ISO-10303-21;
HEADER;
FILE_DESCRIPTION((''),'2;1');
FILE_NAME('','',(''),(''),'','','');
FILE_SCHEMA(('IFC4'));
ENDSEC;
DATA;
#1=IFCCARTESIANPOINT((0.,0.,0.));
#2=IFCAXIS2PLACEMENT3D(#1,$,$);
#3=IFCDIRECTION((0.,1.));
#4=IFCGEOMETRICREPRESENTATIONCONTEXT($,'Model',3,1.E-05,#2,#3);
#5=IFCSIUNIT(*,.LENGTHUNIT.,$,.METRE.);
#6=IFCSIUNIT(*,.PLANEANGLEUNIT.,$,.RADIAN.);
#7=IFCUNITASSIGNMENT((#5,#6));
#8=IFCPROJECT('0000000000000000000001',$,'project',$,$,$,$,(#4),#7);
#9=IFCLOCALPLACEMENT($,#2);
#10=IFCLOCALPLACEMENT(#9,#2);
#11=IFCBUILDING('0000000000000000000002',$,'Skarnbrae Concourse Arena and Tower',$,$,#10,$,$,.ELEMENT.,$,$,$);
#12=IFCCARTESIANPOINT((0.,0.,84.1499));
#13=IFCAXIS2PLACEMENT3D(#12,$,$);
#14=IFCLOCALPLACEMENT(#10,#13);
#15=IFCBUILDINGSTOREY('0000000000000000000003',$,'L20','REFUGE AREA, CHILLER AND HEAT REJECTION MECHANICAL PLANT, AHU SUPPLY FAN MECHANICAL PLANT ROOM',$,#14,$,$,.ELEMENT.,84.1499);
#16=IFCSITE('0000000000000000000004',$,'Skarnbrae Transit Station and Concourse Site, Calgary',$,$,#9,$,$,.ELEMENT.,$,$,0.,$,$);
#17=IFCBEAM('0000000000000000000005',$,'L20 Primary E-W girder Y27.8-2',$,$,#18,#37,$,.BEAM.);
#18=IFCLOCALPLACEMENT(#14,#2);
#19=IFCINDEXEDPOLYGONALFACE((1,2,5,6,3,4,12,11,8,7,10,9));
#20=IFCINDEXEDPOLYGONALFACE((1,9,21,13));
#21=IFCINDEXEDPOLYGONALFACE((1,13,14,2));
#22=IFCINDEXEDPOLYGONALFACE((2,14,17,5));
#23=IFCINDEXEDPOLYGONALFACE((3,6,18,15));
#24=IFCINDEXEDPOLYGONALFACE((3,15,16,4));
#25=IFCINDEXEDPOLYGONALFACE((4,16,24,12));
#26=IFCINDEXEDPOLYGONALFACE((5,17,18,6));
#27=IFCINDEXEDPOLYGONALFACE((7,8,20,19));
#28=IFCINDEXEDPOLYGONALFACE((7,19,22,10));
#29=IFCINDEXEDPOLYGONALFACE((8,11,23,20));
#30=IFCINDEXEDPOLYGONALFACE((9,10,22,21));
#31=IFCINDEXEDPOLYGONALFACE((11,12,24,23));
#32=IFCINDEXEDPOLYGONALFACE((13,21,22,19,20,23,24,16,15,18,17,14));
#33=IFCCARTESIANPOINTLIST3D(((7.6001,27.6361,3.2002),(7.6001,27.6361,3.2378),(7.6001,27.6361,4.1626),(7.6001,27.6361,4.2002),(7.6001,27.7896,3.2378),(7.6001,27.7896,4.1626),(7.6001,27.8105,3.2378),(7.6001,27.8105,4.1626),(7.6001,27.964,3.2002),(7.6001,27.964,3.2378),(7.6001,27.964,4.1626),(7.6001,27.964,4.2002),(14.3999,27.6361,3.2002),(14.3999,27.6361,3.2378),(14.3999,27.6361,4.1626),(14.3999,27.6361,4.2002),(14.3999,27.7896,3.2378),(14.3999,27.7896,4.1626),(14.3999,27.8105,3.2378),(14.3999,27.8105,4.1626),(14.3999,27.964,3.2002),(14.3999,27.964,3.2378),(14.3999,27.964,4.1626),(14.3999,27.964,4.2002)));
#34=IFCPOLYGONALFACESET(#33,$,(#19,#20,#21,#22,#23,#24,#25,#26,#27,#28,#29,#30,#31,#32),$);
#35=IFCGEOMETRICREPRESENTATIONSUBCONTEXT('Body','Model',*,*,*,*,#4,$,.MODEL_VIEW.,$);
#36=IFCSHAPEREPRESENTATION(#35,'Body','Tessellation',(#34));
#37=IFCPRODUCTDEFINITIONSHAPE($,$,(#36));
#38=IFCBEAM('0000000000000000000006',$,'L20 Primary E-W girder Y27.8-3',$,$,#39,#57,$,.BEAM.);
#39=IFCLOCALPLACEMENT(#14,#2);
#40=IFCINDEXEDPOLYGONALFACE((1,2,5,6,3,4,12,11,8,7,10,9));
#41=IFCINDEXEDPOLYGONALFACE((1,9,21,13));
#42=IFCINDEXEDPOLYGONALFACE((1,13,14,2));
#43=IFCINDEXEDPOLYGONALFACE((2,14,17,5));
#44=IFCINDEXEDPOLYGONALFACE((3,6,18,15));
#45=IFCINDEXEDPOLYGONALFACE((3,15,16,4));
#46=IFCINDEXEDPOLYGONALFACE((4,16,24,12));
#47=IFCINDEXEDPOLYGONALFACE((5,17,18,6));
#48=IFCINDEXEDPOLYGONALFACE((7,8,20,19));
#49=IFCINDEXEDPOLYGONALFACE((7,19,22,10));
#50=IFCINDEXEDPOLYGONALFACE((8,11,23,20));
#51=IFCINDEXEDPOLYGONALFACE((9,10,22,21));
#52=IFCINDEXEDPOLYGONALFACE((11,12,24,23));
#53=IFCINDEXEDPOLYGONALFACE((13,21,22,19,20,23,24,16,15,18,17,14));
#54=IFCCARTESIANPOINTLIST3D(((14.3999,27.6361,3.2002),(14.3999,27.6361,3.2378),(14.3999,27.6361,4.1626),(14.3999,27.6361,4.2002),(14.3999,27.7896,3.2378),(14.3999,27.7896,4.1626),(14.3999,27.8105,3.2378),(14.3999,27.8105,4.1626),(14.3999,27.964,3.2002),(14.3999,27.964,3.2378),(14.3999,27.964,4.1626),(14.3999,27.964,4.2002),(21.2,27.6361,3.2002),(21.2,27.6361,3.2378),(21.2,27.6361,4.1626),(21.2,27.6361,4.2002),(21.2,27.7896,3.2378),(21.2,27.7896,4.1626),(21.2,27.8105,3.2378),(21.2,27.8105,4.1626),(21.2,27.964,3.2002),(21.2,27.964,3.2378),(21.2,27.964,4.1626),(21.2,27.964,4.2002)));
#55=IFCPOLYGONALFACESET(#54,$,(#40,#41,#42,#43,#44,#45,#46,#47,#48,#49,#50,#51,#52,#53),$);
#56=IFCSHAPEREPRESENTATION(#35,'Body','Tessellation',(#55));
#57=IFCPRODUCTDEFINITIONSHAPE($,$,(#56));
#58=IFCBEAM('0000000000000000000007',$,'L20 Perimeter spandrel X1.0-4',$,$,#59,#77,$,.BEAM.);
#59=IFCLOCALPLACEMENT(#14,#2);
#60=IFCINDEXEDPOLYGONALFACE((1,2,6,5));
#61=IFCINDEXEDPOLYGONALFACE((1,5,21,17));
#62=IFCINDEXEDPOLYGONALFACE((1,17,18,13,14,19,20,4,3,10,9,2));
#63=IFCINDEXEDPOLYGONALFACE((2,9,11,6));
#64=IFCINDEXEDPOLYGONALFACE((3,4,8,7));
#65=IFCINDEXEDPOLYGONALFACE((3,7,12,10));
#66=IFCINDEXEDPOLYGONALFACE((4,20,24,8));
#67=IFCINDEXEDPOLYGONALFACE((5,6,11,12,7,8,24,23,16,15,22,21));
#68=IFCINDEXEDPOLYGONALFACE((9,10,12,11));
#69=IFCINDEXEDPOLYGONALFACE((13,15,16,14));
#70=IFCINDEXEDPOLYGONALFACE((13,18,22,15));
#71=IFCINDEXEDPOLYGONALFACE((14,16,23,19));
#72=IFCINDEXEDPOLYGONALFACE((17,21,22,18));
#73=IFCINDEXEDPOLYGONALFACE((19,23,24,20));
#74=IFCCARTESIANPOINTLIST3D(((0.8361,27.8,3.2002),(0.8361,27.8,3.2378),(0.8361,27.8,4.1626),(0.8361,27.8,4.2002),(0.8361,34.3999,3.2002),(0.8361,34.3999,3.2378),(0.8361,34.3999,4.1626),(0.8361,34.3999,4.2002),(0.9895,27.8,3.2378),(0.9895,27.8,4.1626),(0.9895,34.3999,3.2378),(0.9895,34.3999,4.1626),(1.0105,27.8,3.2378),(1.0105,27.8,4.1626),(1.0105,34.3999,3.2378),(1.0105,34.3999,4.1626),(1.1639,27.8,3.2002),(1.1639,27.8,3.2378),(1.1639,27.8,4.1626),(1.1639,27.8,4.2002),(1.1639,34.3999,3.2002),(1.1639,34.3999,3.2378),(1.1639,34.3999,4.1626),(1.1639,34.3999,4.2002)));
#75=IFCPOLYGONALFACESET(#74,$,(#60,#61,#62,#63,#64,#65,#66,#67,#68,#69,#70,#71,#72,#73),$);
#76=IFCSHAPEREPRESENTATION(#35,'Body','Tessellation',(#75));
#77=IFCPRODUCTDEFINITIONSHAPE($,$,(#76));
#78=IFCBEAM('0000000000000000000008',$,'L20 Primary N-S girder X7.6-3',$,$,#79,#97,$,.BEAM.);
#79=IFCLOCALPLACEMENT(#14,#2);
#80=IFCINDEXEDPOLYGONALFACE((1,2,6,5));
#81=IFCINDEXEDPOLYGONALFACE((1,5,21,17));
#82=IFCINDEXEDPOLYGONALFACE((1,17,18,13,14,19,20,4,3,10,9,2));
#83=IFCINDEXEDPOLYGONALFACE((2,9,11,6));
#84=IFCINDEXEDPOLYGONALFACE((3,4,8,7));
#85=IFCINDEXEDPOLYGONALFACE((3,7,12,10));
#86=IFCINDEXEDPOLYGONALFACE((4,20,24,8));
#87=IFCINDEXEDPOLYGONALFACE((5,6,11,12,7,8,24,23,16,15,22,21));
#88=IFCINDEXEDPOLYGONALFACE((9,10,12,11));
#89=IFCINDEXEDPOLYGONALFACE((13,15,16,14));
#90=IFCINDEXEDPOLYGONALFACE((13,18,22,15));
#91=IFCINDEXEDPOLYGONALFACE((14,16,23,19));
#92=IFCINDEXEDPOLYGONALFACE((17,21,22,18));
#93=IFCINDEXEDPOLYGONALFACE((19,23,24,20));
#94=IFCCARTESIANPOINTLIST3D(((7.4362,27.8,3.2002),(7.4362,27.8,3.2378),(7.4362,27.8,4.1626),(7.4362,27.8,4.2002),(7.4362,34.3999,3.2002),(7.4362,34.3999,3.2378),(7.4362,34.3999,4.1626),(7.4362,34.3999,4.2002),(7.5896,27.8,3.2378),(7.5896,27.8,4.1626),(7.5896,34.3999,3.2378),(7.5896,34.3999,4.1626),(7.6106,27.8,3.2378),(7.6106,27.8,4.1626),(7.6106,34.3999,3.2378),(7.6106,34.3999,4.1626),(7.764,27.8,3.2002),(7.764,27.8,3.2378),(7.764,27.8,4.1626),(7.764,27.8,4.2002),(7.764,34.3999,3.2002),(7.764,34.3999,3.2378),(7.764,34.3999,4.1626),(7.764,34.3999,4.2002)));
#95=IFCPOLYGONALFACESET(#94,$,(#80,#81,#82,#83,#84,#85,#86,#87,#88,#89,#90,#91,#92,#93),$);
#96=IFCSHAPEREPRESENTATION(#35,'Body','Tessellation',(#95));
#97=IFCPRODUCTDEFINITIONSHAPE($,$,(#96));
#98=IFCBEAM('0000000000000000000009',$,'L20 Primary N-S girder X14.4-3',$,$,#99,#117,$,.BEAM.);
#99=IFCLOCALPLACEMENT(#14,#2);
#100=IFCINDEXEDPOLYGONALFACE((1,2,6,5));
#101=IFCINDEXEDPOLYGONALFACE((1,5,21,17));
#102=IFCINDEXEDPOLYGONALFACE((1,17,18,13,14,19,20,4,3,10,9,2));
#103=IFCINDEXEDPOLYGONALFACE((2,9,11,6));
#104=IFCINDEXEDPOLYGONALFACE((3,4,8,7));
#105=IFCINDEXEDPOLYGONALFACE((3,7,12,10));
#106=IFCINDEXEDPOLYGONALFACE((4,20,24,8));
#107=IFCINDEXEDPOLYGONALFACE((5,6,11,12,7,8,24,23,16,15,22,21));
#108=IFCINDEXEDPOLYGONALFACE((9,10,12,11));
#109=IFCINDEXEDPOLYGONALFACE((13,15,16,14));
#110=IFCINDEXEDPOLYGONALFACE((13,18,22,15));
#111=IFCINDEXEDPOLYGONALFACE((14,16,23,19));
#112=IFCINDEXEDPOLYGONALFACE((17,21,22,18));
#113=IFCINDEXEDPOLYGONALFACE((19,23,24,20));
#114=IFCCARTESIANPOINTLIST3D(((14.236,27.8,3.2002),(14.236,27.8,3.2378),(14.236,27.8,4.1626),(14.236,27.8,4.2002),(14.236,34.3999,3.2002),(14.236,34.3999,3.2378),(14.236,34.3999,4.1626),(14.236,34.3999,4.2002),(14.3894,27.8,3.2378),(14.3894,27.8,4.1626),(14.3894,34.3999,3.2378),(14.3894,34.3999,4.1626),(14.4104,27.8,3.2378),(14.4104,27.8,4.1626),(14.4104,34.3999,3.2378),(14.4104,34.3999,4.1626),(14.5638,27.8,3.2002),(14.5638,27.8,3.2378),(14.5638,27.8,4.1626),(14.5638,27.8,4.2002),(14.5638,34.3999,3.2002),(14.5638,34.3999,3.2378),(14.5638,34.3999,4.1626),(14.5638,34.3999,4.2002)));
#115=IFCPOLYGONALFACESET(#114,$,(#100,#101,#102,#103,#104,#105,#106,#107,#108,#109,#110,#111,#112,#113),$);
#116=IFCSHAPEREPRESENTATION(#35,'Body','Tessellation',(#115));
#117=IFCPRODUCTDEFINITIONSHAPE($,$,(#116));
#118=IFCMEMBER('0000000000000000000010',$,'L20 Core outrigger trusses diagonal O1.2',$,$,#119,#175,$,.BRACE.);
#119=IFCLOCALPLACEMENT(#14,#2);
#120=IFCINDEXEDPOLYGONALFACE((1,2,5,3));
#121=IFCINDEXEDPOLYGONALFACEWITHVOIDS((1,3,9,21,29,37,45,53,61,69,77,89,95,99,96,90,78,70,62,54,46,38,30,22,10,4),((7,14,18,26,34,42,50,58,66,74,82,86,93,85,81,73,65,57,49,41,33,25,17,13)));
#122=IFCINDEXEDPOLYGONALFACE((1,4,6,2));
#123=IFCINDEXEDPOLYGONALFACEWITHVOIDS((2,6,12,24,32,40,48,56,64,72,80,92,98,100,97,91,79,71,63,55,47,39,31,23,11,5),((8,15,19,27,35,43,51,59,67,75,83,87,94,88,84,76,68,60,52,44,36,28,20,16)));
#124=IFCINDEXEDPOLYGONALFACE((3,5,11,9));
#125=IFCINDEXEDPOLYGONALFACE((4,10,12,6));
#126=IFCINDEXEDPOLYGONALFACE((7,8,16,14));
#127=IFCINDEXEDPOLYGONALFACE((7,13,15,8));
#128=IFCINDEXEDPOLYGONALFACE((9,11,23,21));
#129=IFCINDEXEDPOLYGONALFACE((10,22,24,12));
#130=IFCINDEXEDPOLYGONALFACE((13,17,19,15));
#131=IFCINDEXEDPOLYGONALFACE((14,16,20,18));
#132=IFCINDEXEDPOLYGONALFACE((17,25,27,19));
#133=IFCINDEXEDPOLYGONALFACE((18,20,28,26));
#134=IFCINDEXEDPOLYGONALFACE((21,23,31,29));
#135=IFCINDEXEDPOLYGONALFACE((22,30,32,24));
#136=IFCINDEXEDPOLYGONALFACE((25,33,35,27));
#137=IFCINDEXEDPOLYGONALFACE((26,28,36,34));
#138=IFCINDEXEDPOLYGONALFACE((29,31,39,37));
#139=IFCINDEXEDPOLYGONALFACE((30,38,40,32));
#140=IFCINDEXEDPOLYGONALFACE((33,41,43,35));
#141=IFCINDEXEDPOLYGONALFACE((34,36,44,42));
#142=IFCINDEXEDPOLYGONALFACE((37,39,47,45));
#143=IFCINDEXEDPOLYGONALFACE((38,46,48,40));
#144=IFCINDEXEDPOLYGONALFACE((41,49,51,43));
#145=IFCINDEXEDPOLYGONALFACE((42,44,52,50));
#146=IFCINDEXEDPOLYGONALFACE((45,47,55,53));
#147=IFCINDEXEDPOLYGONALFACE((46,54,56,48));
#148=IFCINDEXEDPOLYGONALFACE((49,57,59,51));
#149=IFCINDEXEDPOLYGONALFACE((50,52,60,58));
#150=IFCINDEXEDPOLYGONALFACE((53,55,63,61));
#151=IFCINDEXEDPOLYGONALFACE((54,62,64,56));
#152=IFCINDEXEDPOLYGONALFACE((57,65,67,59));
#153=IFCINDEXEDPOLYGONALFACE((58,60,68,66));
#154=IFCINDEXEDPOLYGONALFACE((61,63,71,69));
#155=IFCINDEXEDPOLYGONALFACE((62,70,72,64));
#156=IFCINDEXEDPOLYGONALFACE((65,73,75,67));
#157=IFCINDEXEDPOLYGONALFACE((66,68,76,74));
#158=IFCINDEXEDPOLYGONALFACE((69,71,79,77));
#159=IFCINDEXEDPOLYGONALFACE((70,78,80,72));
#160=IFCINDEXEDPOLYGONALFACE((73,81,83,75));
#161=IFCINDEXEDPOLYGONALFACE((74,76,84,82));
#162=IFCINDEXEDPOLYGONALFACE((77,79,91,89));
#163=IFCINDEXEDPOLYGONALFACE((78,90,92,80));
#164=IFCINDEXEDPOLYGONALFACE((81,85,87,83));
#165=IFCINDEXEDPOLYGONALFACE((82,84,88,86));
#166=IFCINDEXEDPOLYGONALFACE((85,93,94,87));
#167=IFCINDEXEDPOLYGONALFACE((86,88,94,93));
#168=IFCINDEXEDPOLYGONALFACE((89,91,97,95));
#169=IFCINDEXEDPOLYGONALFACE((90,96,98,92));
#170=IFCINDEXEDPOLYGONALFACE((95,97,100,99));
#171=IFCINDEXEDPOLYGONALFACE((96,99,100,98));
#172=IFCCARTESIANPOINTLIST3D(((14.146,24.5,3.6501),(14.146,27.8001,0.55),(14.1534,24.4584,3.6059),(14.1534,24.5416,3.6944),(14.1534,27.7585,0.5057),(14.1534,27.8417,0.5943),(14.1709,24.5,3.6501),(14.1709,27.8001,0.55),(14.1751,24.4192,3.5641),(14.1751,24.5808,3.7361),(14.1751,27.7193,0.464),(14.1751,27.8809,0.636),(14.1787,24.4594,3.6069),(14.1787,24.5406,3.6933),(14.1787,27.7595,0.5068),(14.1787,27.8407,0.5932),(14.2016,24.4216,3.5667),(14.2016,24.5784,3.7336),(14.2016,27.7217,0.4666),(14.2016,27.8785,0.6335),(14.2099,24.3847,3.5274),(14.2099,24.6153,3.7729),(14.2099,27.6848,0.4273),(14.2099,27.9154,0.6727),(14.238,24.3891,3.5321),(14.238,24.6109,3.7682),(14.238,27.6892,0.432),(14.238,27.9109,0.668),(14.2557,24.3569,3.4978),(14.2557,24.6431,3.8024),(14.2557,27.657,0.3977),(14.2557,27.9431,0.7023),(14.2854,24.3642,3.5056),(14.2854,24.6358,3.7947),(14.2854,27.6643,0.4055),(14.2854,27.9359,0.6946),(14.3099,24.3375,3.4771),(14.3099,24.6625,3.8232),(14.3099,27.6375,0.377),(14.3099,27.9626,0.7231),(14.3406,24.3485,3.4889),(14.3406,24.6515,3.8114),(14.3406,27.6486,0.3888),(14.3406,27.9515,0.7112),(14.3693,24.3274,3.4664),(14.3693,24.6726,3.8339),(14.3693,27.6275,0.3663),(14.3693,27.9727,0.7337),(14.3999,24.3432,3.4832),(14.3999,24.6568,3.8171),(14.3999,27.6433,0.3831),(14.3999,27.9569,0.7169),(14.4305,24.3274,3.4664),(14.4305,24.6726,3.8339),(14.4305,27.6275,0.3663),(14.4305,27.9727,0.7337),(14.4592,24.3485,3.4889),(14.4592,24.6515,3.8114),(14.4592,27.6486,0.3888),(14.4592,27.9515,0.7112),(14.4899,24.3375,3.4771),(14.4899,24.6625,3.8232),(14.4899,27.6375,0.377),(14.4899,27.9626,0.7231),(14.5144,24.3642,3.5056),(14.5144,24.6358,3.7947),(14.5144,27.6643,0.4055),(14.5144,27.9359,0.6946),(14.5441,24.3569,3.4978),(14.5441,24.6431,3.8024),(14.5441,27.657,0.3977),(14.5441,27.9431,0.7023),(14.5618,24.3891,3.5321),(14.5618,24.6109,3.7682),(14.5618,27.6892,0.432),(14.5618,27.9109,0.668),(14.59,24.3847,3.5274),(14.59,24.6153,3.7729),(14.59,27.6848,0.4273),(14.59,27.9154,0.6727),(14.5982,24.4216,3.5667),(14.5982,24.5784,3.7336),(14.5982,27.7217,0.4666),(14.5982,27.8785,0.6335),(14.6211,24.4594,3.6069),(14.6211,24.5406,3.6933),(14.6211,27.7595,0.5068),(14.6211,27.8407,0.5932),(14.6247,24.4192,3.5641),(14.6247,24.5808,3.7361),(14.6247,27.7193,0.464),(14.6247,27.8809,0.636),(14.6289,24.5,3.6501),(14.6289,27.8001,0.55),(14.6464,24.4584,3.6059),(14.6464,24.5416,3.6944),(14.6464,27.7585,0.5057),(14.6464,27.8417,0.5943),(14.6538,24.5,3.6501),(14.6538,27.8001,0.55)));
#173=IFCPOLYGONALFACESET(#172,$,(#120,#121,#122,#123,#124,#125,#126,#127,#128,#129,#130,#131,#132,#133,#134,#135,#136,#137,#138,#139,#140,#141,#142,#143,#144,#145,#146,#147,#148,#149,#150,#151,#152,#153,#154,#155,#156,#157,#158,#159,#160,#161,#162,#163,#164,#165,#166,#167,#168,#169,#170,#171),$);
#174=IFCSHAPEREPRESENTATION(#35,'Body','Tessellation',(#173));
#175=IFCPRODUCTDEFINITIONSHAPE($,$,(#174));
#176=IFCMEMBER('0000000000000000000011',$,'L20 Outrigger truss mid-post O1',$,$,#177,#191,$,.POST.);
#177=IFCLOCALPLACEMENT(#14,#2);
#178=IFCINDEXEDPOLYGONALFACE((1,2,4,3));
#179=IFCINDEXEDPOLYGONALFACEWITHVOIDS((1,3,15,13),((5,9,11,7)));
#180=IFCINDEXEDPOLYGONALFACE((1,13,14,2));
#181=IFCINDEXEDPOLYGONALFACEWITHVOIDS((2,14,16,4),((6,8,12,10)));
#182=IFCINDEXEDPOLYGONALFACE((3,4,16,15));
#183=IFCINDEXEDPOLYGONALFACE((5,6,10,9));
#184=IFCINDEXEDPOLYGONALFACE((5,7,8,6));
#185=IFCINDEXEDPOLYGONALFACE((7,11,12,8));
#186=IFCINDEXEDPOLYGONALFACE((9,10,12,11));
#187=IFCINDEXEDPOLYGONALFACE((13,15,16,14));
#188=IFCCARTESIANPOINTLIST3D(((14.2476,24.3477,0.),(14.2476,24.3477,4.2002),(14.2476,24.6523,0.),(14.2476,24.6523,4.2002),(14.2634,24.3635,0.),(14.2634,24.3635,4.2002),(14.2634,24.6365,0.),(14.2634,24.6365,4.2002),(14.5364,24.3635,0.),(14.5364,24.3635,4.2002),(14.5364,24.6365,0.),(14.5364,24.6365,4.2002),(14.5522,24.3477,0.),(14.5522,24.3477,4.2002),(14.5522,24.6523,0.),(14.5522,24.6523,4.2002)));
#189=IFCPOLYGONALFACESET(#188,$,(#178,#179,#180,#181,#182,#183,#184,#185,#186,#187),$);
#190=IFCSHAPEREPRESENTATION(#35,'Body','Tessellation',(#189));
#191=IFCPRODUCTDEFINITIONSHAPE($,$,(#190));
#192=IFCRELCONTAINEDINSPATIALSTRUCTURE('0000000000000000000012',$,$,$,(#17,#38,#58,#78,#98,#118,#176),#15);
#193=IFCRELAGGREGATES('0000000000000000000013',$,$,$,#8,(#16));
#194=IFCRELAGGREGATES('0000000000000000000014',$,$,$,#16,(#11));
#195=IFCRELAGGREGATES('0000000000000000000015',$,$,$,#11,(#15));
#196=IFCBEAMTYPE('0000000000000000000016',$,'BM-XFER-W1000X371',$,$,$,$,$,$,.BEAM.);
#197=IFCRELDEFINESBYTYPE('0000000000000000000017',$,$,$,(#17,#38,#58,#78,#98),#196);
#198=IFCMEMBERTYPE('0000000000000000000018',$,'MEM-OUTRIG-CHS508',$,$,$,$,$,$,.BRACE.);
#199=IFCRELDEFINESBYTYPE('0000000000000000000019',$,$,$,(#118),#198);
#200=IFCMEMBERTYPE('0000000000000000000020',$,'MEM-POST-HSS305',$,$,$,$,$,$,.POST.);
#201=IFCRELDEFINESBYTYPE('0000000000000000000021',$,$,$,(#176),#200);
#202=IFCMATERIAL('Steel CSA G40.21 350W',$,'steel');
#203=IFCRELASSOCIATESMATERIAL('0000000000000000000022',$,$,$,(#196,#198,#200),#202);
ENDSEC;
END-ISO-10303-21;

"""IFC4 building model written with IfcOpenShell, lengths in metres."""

from ifc_helpers import new_model, si_unit, direction, frame, origin, origin_2d, place, context, subcontext, project, spatial, hollow_rectangle, hollow_circle, i_section, extrude, source, transform, mapped, material, material_profile, profile_set, type_object, element, save


model = new_model("IFC4")

# Units and contexts
model_context = context("Model", 3, precision=1e-05, world=origin(), true_north=direction((0.0, 1.0)))
body_context = subcontext(model_context, "Body", "Model", "MODEL_VIEW")
ifc_project = project(units=[si_unit("LENGTHUNIT", "METRE"), si_unit("PLANEANGLEUNIT", "RADIAN")], contexts=[model_context])

# Site, building, storey
site_placement = place(None, origin())
site = spatial("IfcSite", under=ifc_project, at=site_placement, Name="Skarnbrae Transit Station and Concourse Site, Calgary", CompositionType="ELEMENT", RefElevation=0.0)
building_placement = place(site_placement, origin())
building = spatial("IfcBuilding", under=site, at=building_placement, Name="Skarnbrae Concourse Arena and Tower", CompositionType="ELEMENT")
storey_placement = place(building_placement, frame((0.0, 0.0, 84.1499)))
storey = spatial("IfcBuildingStorey", under=building, at=storey_placement, Name="L20", Description="REFUGE AREA, CHILLER AND HEAT REJECTION MECHANICAL PLANT, AHU SUPPLY FAN MECHANICAL PLANT ROOM", CompositionType="ELEMENT", Elevation=84.1499)

# Shared definitions
ifc_material = material(Name="Steel CSA G40.21 350W", Category="steel")

# Beams
ifc_material_profile_1 = material_profile(ifc_material, i_section(OverallWidth=0.3279, OverallDepth=1.0, WebThickness=0.021, FlangeThickness=0.0376, at=origin_2d()), Name="W1000X371")
ifc_profile_set_1 = profile_set([ifc_material_profile_1], Name="Steel CSA G40.21 350W")
beam_type_1 = type_object("IfcBeamType", Name="BM-XFER-W1000X371", PredefinedType="BEAM", material=ifc_profile_set_1)
shared_shape_1 = source(origin(), body_context, "Body", "SweptSolid", [
    extrude(i_section(OverallWidth=0.3279, OverallDepth=1.0, WebThickness=0.021, FlangeThickness=0.0376, at=origin_2d()), origin(), (0.0, 0.0, 1.0), 6.7998),
])
beam_1_placement = place(storey_placement, frame((7.6001, 27.8, 3.7002), z_axis=(1.0, 0.0, 0.0), x_axis=(0.0, 1.0, 0.0)))
element("IfcBeam", 1, at=beam_1_placement, inside=storey, type_object=beam_type_1, Name="L20 Primary E-W girder Y27.8-2", PredefinedType="BEAM", context=body_context, shape_type="MappedRepresentation", body=[
    mapped(shared_shape_1, transform((0.0, 0.0, 0.0))),
])
shared_shape_2 = source(origin(), body_context, "Body", "SweptSolid", [
    extrude(i_section(OverallWidth=0.3279, OverallDepth=1.0, WebThickness=0.021, FlangeThickness=0.0376, at=origin_2d()), origin(), (0.0, 0.0, 1.0), 6.8),
])
beam_2_placement = place(storey_placement, frame((14.3999, 27.8, 3.7002), z_axis=(1.0, 0.0, 0.0), x_axis=(0.0, 1.0, 0.0)))
element("IfcBeam", 2, at=beam_2_placement, inside=storey, type_object=beam_type_1, Name="L20 Primary E-W girder Y27.8-3", PredefinedType="BEAM", context=body_context, shape_type="MappedRepresentation", body=[
    mapped(shared_shape_2, transform((0.0, 0.0, 0.0))),
])
shared_shape_3 = source(origin(), body_context, "Body", "SweptSolid", [
    extrude(i_section(OverallWidth=0.3279, OverallDepth=1.0, WebThickness=0.021, FlangeThickness=0.0376, at=origin_2d()), origin(), (0.0, 0.0, 1.0), 6.5999),
])
for number, where, z_axis, x_axis, name in (
    (3, (1.0, 27.8, 3.7002), (0.0, 1.0, 0.0), (-1.0, 0.0, 0.0), "L20 Perimeter spandrel X1.0-4"),
    (4, (7.6001, 27.8, 3.7002), (0.0, 1.0, 0.0), (-1.0, 0.0, 0.0), "L20 Primary N-S girder X7.6-3"),
    (5, (14.3999, 27.8, 3.7002), (0.0, 1.0, 0.0), (-1.0, 0.0, 0.0), "L20 Primary N-S girder X14.4-3"),
):
    element("IfcBeam", number, at=place(storey_placement, frame(where, z_axis=z_axis, x_axis=x_axis)), inside=storey, type_object=beam_type_1, Name=name, PredefinedType="BEAM", context=body_context, shape_type="MappedRepresentation", body=[
        mapped(shared_shape_3, transform((0.0, 0.0, 0.0))),
    ])

# Members
ifc_material_profile_2 = material_profile(ifc_material, hollow_circle(Radius=0.2539, WallThickness=0.0249, at=origin_2d()), Name="HSS508X25.0")
ifc_profile_set_2 = profile_set([ifc_material_profile_2], Name="Steel CSA G40.21 350W")
member_type_1 = type_object("IfcMemberType", Name="MEM-OUTRIG-CHS508", PredefinedType="BRACE", material=ifc_profile_set_2)
shared_shape_4 = source(origin(), body_context, "Body", "SweptSolid", [
    extrude(hollow_circle(Radius=0.2539, WallThickness=0.0249, at=origin_2d()), origin(), (0.0, 0.0, 1.0), 4.5278),
])
member_1_placement = place(storey_placement, frame((14.3999, 24.5, 3.6501), z_axis=(0.0, 0.728842, -0.684682), x_axis=(-1.0, 0.0, 0.0)))
element("IfcMember", 6, at=member_1_placement, inside=storey, type_object=member_type_1, Name="L20 Core outrigger trusses diagonal O1.2", PredefinedType="BRACE", context=body_context, shape_type="MappedRepresentation", body=[
    mapped(shared_shape_4, transform((0.0, 0.0, 0.0))),
])
ifc_material_profile_3 = material_profile(ifc_material, hollow_rectangle(XDim=0.3047, YDim=0.3047, WallThickness=0.0159, at=origin_2d()), Name="HSS305X305X15.9")
ifc_profile_set_3 = profile_set([ifc_material_profile_3], Name="Steel CSA G40.21 350W")
member_type_2 = type_object("IfcMemberType", Name="MEM-POST-HSS305", PredefinedType="POST", material=ifc_profile_set_3)
shared_shape_5 = source(origin(), body_context, "Body", "SweptSolid", [
    extrude(hollow_rectangle(XDim=0.3047, YDim=0.3047, WallThickness=0.0159, at=origin_2d()), origin(), (0.0, 0.0, 1.0), 4.2002),
])
member_2_placement = place(storey_placement, frame((14.3999, 24.5, 0.0), z_axis=(0.0, 0.0, 1.0), x_axis=(1.0, 0.0, 0.0)))
element("IfcMember", 7, at=member_2_placement, inside=storey, type_object=member_type_2, Name="L20 Outrigger truss mid-post O1", PredefinedType="POST", context=body_context, shape_type="MappedRepresentation", body=[
    mapped(shared_shape_5, transform((0.0, 0.0, 0.0))),
])

save(model, "model.ifc")
